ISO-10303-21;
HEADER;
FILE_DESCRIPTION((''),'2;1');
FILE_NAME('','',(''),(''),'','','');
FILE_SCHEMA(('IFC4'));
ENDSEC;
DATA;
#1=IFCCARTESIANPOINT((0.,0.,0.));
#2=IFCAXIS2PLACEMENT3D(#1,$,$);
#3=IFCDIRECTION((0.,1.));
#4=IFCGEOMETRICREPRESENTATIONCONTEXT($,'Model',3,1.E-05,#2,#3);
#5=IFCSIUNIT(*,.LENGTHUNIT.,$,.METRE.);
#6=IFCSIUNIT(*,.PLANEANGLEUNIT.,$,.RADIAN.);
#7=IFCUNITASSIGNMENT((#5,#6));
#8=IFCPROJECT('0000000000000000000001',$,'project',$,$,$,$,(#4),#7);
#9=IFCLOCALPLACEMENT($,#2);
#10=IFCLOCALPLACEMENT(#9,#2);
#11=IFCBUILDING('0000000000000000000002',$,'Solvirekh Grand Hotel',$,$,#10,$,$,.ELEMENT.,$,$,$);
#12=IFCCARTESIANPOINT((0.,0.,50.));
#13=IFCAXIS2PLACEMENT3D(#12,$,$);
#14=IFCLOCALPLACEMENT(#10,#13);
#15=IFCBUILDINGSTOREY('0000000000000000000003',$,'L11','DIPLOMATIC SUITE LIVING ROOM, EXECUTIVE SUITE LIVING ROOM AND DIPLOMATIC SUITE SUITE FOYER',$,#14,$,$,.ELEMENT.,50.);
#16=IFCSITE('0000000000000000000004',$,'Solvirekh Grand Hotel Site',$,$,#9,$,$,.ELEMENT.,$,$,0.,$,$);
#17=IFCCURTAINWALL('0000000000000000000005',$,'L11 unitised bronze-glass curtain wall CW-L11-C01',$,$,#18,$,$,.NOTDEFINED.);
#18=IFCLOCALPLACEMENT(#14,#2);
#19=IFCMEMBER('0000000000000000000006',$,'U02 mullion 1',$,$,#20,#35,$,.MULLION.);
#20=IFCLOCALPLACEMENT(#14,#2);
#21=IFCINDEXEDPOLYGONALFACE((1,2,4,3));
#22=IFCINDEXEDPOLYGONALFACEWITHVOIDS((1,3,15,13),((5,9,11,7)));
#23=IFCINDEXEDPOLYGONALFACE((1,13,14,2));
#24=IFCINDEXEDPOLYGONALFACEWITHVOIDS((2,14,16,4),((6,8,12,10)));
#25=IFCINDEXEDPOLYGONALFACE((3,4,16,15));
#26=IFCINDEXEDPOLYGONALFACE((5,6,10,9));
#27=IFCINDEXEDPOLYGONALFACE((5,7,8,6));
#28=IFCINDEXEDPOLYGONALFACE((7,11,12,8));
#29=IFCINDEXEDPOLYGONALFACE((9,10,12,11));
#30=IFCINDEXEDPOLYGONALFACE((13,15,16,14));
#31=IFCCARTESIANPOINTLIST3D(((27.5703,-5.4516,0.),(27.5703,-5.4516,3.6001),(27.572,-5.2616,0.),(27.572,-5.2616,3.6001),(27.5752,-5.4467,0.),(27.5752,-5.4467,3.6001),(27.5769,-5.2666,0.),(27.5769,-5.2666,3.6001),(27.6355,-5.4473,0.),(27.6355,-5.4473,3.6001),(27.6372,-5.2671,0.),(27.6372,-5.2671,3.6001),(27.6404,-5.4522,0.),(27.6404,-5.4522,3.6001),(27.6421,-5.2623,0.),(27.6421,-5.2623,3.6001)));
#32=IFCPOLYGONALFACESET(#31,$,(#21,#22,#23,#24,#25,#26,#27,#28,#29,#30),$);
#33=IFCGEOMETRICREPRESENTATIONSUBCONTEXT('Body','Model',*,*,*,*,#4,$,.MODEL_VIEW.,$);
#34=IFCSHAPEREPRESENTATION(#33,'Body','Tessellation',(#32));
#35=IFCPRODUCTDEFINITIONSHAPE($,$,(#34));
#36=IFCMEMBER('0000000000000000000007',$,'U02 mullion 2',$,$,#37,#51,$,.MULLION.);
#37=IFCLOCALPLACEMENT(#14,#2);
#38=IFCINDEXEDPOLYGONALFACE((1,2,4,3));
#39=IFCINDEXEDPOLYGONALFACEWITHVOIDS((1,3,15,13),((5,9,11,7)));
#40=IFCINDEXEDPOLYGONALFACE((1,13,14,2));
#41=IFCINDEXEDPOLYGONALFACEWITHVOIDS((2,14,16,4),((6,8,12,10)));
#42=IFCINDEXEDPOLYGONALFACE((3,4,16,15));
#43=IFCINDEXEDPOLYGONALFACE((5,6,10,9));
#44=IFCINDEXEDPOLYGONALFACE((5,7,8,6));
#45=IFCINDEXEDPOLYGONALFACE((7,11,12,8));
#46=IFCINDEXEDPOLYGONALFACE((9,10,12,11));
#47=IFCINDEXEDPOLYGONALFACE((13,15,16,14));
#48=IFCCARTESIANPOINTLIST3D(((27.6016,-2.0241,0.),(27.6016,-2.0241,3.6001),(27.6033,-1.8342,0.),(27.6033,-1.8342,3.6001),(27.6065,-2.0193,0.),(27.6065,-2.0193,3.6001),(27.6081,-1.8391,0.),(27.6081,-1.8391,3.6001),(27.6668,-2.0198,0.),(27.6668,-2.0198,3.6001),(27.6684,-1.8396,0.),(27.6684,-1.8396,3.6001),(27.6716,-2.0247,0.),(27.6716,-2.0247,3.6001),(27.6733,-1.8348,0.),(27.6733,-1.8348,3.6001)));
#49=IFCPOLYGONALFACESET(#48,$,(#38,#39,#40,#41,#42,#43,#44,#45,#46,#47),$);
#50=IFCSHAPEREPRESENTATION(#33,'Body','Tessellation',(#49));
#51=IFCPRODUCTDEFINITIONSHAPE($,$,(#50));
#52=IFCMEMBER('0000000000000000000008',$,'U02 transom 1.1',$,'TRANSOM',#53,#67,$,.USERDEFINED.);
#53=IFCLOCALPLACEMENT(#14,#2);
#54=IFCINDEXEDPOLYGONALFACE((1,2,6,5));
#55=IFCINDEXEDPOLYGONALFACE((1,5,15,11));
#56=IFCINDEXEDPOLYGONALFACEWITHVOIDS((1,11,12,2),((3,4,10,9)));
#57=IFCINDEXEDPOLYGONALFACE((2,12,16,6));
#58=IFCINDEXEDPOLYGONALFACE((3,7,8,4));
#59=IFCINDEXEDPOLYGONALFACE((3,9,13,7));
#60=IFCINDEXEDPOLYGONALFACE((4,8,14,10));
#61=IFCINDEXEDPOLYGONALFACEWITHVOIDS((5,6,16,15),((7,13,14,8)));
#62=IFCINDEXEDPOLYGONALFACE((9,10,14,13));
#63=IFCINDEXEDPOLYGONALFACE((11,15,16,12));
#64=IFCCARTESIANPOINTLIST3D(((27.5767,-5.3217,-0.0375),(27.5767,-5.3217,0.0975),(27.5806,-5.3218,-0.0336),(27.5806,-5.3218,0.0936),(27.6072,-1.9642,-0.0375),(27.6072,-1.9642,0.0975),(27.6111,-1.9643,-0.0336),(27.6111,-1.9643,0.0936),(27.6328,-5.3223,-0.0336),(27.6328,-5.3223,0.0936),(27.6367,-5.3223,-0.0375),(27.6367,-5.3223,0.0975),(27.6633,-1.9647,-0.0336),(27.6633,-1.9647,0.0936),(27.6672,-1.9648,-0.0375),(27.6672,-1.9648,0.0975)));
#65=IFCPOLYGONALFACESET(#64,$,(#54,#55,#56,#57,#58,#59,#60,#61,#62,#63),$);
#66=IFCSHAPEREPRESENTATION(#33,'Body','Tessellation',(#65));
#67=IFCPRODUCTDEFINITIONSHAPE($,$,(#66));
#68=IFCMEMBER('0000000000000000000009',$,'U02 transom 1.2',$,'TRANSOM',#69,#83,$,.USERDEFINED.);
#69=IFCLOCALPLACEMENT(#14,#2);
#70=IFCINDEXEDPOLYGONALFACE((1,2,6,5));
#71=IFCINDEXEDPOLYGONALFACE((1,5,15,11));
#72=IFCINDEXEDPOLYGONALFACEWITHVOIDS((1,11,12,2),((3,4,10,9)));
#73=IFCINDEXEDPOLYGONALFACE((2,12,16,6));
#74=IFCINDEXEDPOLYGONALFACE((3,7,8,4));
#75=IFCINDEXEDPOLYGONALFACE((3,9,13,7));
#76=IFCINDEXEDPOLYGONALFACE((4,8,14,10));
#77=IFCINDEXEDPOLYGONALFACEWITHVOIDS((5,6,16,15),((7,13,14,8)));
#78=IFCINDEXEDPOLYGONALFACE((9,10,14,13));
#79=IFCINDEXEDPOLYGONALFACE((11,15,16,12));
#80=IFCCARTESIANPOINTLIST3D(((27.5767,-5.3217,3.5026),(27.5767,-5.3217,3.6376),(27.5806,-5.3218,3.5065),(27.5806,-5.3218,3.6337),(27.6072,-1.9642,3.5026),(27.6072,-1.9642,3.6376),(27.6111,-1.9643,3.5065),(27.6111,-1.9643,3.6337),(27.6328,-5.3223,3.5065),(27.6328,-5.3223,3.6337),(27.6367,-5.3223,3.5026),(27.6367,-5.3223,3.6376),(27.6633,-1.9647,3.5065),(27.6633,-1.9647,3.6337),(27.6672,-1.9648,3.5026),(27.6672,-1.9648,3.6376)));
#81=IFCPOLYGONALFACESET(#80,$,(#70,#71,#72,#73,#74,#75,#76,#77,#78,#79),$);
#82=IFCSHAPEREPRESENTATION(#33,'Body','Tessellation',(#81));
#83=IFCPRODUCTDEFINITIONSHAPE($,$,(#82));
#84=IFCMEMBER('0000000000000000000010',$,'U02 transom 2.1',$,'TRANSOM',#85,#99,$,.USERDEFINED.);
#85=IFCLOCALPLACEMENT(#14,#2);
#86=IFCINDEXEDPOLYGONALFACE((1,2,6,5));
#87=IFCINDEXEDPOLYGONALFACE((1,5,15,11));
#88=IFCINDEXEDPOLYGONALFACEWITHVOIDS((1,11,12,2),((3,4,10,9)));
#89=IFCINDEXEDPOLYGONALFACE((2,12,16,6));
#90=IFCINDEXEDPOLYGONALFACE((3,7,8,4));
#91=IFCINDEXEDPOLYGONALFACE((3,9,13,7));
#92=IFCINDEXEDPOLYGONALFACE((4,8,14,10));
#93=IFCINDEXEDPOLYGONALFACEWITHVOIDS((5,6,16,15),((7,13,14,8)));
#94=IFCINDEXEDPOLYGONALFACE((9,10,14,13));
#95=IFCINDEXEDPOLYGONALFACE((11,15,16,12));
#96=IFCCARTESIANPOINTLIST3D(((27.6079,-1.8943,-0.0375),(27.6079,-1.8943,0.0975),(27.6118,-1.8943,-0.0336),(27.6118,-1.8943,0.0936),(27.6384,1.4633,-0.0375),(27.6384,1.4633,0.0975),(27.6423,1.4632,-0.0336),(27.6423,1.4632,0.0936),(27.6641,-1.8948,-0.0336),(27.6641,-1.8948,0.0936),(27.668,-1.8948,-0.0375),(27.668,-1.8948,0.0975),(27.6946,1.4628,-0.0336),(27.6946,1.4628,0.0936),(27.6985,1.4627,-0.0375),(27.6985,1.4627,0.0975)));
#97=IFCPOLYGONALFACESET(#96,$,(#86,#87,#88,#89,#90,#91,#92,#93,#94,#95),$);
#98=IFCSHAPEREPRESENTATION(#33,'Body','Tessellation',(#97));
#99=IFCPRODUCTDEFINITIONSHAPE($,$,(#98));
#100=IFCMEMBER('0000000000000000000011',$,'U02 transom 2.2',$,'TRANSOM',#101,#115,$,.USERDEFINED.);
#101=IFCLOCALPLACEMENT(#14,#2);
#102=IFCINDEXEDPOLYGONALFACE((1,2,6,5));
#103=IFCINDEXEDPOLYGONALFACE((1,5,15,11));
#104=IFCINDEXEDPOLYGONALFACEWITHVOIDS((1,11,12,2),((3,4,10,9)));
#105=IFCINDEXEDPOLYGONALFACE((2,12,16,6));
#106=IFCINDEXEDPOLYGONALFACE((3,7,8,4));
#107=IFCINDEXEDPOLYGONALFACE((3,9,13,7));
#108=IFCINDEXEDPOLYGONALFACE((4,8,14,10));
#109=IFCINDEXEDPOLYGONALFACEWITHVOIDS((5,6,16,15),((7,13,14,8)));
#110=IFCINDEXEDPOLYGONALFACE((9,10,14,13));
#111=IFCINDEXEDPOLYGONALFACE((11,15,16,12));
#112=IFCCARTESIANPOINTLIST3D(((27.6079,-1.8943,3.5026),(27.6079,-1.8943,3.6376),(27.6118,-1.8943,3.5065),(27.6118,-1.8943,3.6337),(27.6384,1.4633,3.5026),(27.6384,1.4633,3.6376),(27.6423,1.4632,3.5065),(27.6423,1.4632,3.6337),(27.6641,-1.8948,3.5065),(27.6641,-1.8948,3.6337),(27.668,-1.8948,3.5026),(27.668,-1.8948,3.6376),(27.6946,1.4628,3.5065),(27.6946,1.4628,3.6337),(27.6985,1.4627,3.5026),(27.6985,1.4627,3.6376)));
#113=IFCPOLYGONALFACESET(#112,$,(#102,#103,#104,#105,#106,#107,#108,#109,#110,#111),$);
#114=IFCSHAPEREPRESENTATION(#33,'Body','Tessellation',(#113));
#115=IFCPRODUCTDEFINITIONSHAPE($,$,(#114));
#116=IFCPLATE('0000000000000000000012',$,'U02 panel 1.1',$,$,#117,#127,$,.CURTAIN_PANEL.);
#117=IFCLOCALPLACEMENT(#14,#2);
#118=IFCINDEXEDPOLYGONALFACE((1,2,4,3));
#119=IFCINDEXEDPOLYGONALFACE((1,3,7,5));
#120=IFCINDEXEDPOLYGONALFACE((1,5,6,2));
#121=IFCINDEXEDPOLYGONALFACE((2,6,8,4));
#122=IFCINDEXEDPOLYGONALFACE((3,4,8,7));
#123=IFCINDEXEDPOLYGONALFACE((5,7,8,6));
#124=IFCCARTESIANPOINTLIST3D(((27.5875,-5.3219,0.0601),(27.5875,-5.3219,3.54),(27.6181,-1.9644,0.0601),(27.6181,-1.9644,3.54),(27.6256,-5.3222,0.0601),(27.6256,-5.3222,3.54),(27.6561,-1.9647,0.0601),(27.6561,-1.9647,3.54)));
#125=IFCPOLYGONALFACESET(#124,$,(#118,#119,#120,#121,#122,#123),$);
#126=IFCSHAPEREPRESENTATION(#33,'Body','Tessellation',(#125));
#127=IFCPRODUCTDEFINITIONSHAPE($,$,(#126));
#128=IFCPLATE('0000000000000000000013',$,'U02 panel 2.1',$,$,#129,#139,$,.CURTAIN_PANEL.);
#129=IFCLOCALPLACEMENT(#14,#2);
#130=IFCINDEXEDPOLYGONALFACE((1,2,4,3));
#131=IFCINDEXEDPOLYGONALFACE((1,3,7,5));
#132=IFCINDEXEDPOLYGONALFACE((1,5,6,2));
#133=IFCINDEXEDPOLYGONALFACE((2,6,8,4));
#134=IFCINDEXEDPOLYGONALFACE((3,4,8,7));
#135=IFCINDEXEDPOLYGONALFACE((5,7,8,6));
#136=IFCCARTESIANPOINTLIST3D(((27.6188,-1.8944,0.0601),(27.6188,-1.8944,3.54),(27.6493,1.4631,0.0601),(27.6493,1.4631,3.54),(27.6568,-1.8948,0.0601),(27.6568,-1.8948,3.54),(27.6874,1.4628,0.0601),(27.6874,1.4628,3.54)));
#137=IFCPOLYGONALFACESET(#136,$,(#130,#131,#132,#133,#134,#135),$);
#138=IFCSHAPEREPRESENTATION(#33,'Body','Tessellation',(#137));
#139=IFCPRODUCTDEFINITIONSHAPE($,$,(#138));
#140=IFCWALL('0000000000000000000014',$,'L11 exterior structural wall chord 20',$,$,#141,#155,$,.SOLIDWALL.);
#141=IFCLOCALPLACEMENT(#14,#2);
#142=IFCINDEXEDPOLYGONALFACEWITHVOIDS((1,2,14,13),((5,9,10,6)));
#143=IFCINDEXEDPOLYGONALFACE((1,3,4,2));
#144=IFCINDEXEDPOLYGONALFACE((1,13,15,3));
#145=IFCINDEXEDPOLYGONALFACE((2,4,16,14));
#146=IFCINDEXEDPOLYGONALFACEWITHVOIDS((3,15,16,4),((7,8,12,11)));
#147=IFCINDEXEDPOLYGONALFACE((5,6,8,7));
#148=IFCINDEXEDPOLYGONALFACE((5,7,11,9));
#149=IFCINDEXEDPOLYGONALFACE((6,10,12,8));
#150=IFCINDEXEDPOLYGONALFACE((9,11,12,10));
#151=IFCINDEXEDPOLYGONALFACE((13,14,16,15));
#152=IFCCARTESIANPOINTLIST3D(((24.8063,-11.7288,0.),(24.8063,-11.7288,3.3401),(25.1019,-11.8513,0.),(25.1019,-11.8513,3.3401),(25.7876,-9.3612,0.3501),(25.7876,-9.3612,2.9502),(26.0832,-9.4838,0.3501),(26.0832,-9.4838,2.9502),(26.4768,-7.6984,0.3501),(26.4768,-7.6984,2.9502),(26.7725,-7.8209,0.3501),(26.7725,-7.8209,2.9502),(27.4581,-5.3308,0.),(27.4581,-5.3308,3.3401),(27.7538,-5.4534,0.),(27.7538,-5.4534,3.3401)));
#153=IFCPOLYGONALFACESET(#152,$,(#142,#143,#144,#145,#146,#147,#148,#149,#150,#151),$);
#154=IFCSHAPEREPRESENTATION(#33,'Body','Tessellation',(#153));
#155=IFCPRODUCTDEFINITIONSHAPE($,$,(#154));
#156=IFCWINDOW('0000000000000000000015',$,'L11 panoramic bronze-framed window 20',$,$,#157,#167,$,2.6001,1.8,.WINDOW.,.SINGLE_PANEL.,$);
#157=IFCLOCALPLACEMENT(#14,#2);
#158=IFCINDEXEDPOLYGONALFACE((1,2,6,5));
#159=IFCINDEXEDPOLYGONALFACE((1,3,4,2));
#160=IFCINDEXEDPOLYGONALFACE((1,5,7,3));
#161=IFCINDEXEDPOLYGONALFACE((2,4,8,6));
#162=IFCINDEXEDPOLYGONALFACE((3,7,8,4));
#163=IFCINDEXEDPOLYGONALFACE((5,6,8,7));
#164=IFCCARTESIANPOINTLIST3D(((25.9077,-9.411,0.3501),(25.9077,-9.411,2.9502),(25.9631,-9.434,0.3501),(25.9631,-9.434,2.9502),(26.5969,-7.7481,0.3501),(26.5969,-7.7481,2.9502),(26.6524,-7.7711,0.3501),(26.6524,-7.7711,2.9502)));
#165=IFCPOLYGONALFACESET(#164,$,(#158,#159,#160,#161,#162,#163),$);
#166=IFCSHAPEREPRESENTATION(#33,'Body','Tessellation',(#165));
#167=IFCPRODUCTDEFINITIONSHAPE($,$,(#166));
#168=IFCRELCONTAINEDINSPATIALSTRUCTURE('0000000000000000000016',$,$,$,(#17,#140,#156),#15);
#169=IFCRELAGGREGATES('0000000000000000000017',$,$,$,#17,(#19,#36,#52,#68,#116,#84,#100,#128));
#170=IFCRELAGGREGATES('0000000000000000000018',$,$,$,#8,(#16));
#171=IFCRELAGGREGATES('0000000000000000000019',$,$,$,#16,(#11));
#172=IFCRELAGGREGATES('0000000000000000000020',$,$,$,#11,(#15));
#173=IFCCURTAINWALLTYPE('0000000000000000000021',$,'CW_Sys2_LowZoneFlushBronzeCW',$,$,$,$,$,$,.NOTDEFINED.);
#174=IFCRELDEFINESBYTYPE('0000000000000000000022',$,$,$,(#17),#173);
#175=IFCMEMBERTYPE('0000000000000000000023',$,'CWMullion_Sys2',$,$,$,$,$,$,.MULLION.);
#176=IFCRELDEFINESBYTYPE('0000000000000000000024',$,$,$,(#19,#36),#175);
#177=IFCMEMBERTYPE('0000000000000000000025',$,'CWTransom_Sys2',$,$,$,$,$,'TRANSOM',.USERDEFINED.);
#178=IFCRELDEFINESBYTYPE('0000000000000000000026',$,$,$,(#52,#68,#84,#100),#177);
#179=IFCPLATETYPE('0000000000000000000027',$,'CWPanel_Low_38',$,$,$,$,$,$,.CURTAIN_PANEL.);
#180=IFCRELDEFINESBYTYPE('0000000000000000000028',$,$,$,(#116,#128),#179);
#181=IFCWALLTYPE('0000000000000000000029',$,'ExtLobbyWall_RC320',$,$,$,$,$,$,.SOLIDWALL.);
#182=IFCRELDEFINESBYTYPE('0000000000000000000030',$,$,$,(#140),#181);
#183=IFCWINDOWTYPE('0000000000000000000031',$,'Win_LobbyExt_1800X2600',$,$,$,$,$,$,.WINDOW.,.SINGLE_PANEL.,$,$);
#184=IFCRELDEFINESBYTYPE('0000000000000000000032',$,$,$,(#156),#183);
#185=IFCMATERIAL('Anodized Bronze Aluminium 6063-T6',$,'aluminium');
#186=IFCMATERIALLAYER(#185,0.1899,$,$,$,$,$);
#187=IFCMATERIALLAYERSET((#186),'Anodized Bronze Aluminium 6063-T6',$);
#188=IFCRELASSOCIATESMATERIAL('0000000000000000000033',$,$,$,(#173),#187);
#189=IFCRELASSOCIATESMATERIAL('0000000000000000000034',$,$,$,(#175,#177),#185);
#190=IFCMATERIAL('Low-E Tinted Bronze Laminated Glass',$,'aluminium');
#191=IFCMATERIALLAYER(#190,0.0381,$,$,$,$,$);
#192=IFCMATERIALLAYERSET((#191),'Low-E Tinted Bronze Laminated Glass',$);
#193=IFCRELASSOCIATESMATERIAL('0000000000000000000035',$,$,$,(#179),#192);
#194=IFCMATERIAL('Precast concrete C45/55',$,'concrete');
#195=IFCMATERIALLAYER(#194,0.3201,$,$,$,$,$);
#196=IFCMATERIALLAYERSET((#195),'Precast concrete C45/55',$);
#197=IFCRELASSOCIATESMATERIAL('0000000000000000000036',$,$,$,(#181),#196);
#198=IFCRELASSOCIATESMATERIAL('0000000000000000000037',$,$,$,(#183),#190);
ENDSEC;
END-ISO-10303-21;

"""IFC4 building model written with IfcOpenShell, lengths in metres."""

from ifc_helpers import new_model, si_unit, direction, frame, frame_2d, origin, origin_2d, place, context, subcontext, project, spatial, rectangle, hollow_rectangle, extrude, source, transform, mapped, material, layer, layer_set, material_profile, profile_set, type_object, element, fill, aggregate, save


model = new_model("IFC4")

# Units and contexts
model_context = context("Model", 3, precision=1e-05, world=origin(), true_north=direction((0.0, 1.0)))
body_context = subcontext(model_context, "Body", "Model", "MODEL_VIEW")
ifc_project = project(units=[si_unit("LENGTHUNIT", "METRE"), si_unit("PLANEANGLEUNIT", "RADIAN")], contexts=[model_context])

# Site, building, storey
site_placement = place(None, origin())
site = spatial("IfcSite", under=ifc_project, at=site_placement, Name="Solvirekh Grand Hotel Site", CompositionType="ELEMENT", RefElevation=0.0)
building_placement = place(site_placement, origin())
building = spatial("IfcBuilding", under=site, at=building_placement, Name="Solvirekh Grand Hotel", CompositionType="ELEMENT")
storey_placement = place(building_placement, frame((0.0, 0.0, 50.0)))
storey = spatial("IfcBuildingStorey", under=building, at=storey_placement, Name="L11", Description="DIPLOMATIC SUITE LIVING ROOM, EXECUTIVE SUITE LIVING ROOM AND DIPLOMATIC SUITE SUITE FOYER", CompositionType="ELEMENT", Elevation=50.0)

# Curtain wall, members, plates
ifc_material_1 = material(Name="Anodized Bronze Aluminium 6063-T6", Category="aluminium")
ifc_layer_1 = layer(ifc_material_1, 0.1899)
ifc_layer_set_1 = layer_set([ifc_layer_1], Name="Anodized Bronze Aluminium 6063-T6")
curtain_wall_type = type_object("IfcCurtainWallType", Name="CW_Sys2_LowZoneFlushBronzeCW", PredefinedType="NOTDEFINED", material=ifc_layer_set_1)
curtain_wall_placement = place(storey_placement, origin())
curtain_wall = element("IfcCurtainWall", 1, at=curtain_wall_placement, inside=storey, type_object=curtain_wall_type, Name="L11 unitised bronze-glass curtain wall CW-L11-C01", PredefinedType="NOTDEFINED")
ifc_material_profile_1 = material_profile(ifc_material_1, hollow_rectangle(XDim=0.0701, YDim=0.1899, WallThickness=0.0049, at=origin_2d()), Name="ALU RHS 190X70X5")
ifc_profile_set_1 = profile_set([ifc_material_profile_1], Name="Anodized Bronze Aluminium 6063-T6")
member_type_1 = type_object("IfcMemberType", Name="CWMullion_Sys2", PredefinedType="MULLION", material=ifc_profile_set_1)
shared_shape_1 = source(origin(), body_context, "Body", "SweptSolid", [
    extrude(hollow_rectangle(XDim=0.0701, YDim=0.1899, WallThickness=0.0049, at=origin_2d()), origin(), (0.0, 0.0, 1.0), 3.6001),
])
member_1_placement = place(storey_placement, frame((27.6062, -5.3569, 0.0), z_axis=(0.0, 0.0, 1.0), x_axis=(-0.999959, 0.009097, 0.0)))
member_1 = element("IfcMember", 2, at=member_1_placement, type_object=member_type_1, Name="U02 mullion 1", PredefinedType="MULLION", context=body_context, shape_type="MappedRepresentation", body=[
    mapped(shared_shape_1, transform((0.0, 0.0, 0.0), x_axis=(1.0, 0.0, 0.0), y_axis=(0.0, 1.0, 0.0), z_axis=(0.0, 0.0, 1.0), scale=1.0)),
])
member_2_placement = place(storey_placement, frame((27.6375, -1.9294, 0.0), z_axis=(0.0, 0.0, 1.0), x_axis=(-0.999959, 0.009097, 0.0)))
member_2 = element("IfcMember", 3, at=member_2_placement, type_object=member_type_1, Name="U02 mullion 2", PredefinedType="MULLION", context=body_context, shape_type="MappedRepresentation", body=[
    mapped(shared_shape_1, transform((0.0, 0.0, 0.0), x_axis=(1.0, 0.0, 0.0), y_axis=(0.0, 1.0, 0.0), z_axis=(0.0, 0.0, 1.0), scale=1.0)),
])
ifc_material_profile_2 = material_profile(ifc_material_1, hollow_rectangle(XDim=0.0601, YDim=0.135, WallThickness=0.0039, at=origin_2d()), Name="ALU RHS 135X60X4")
ifc_profile_set_2 = profile_set([ifc_material_profile_2], Name="Anodized Bronze Aluminium 6063-T6")
member_type_2 = type_object("IfcMemberType", Name="CWTransom_Sys2", ElementType="TRANSOM", PredefinedType="USERDEFINED", material=ifc_profile_set_2)
shared_shape_2 = source(origin(), body_context, "Body", "SweptSolid", [
    extrude(hollow_rectangle(XDim=0.0601, YDim=0.135, WallThickness=0.0039, at=origin_2d()), origin(), (0.0, 0.0, 1.0), 3.3577),
])
member_3_placement = place(storey_placement, frame((27.6067, -5.322, 0.03), z_axis=(0.009089, 0.999959, 0.0), x_axis=(-0.999959, 0.009089, 0.0)))
member_3 = element("IfcMember", 4, at=member_3_placement, type_object=member_type_2, Name="U02 transom 1.1", ObjectType="TRANSOM", PredefinedType="USERDEFINED", context=body_context, shape_type="MappedRepresentation", body=[
    mapped(shared_shape_2, transform((0.0, 0.0, 0.0), x_axis=(1.0, 0.0, 0.0), y_axis=(0.0, 1.0, 0.0), z_axis=(0.0, 0.0, 1.0), scale=1.0)),
])
member_4_placement = place(storey_placement, frame((27.6067, -5.322, 3.5701), z_axis=(0.009089, 0.999959, 0.0), x_axis=(-0.999959, 0.009089, 0.0)))
member_4 = element("IfcMember", 5, at=member_4_placement, type_object=member_type_2, Name="U02 transom 1.2", ObjectType="TRANSOM", PredefinedType="USERDEFINED", context=body_context, shape_type="MappedRepresentation", body=[
    mapped(shared_shape_2, transform((0.0, 0.0, 0.0), x_axis=(1.0, 0.0, 0.0), y_axis=(0.0, 1.0, 0.0), z_axis=(0.0, 0.0, 1.0), scale=1.0)),
])
member_5_placement = place(storey_placement, frame((27.6379, -1.8945, 0.03), z_axis=(0.009089, 0.999959, 0.0), x_axis=(-0.999959, 0.009089, 0.0)))
member_5 = element("IfcMember", 6, at=member_5_placement, type_object=member_type_2, Name="U02 transom 2.1", ObjectType="TRANSOM", PredefinedType="USERDEFINED", context=body_context, shape_type="MappedRepresentation", body=[
    mapped(shared_shape_2, transform((0.0, 0.0, 0.0), x_axis=(1.0, 0.0, 0.0), y_axis=(0.0, 1.0, 0.0), z_axis=(0.0, 0.0, 1.0), scale=1.0)),
])
member_6_placement = place(storey_placement, frame((27.6379, -1.8945, 3.5701), z_axis=(0.009089, 0.999959, 0.0), x_axis=(-0.999959, 0.009089, 0.0)))
member_6 = element("IfcMember", 7, at=member_6_placement, type_object=member_type_2, Name="U02 transom 2.2", ObjectType="TRANSOM", PredefinedType="USERDEFINED", context=body_context, shape_type="MappedRepresentation", body=[
    mapped(shared_shape_2, transform((0.0, 0.0, 0.0), x_axis=(1.0, 0.0, 0.0), y_axis=(0.0, 1.0, 0.0), z_axis=(0.0, 0.0, 1.0), scale=1.0)),
])
ifc_material_2 = material(Name="Low-E Tinted Bronze Laminated Glass", Category="aluminium")
ifc_layer_2 = layer(ifc_material_2, 0.0381)
ifc_layer_set_2 = layer_set([ifc_layer_2], Name="Low-E Tinted Bronze Laminated Glass")
plate_type = type_object("IfcPlateType", Name="CWPanel_Low_38", PredefinedType="CURTAIN_PANEL", material=ifc_layer_set_2)
shared_shape_3 = source(origin(), body_context, "Body", "SweptSolid", [
    extrude(rectangle(XDim=3.3577, YDim=0.0381, at=origin_2d()), origin(), (0.0, 0.0, 1.0), 3.48),
])
plate_1_placement = place(storey_placement, frame((27.6218, -3.6433, 0.0601), z_axis=(0.0, 0.0, 1.0), x_axis=(0.009097, 0.999959, 0.0)))
plate_1 = element("IfcPlate", 8, at=plate_1_placement, type_object=plate_type, Name="U02 panel 1.1", PredefinedType="CURTAIN_PANEL", context=body_context, shape_type="MappedRepresentation", body=[
    mapped(shared_shape_3, transform((0.0, 0.0, 0.0), x_axis=(1.0, 0.0, 0.0), y_axis=(0.0, 1.0, 0.0), z_axis=(0.0, 0.0, 1.0), scale=1.0)),
])
plate_2_placement = place(storey_placement, frame((27.6531, -0.2158, 0.0601), z_axis=(0.0, 0.0, 1.0), x_axis=(0.009097, 0.999959, 0.0)))
plate_2 = element("IfcPlate", 9, at=plate_2_placement, type_object=plate_type, Name="U02 panel 2.1", PredefinedType="CURTAIN_PANEL", context=body_context, shape_type="MappedRepresentation", body=[
    mapped(shared_shape_3, transform((0.0, 0.0, 0.0), x_axis=(1.0, 0.0, 0.0), y_axis=(0.0, 1.0, 0.0), z_axis=(0.0, 0.0, 1.0), scale=1.0)),
])
aggregate(curtain_wall, [member_1, member_2, member_3, member_4, plate_1, member_5, member_6, plate_2])

# Wall, opening, window
ifc_material_3 = material(Name="Precast concrete C45/55", Category="concrete")
ifc_layer_3 = layer(ifc_material_3, 0.3201)
ifc_layer_set_3 = layer_set([ifc_layer_3], Name="Precast concrete C45/55")
wall_type_1 = type_object("IfcWallType", Name="ExtLobbyWall_RC320", PredefinedType="SOLIDWALL", material=ifc_layer_set_3)
wall_1_placement = place(storey_placement, frame((27.606, -5.3921, 0.0), z_axis=(0.0, 0.0, 1.0), x_axis=(-0.382898, -0.923791, 0.0)))
wall_1 = element("IfcWall", 10, at=wall_1_placement, inside=storey, type_object=wall_type_1, Name="L11 exterior structural wall chord 20", PredefinedType="SOLIDWALL", context=body_context, shape_type="SweptSolid", body=[
    extrude(rectangle(XDim=6.9258, YDim=0.3201, at=frame_2d((3.4629, 0.0))), origin(), (0.0, 0.0, 1.0), 3.3401),
])
opening_1_placement = place(wall_1_placement, frame((2.563, 0.0, 0.3501)))
opening_1 = element("IfcOpeningElement", 11, at=opening_1_placement, cuts=wall_1, PredefinedType="OPENING", context=body_context, shape_type="SweptSolid", body=[
    extrude(rectangle(XDim=1.8, YDim=2.6001, at=frame_2d((0.8999, 1.3))), frame((0.0, 0.1699, 0.0), z_axis=(0.0, -1.0, 0.0), x_axis=(1.0, 0.0, 0.0)), (0.0, 0.0, 1.0), 0.3401),
])
window_type = type_object("IfcWindowType", Name="Win_LobbyExt_1800X2600", PartitioningType="SINGLE_PANEL", PredefinedType="WINDOW", material=ifc_material_2)
window_placement = place(opening_1_placement, origin())
window = element("IfcWindow", 12, at=window_placement, inside=storey, type_object=window_type, Name="L11 panoramic bronze-framed window 20", OverallHeight=2.6001, OverallWidth=1.8, PartitioningType="SINGLE_PANEL", PredefinedType="WINDOW", context=body_context, shape_type="SweptSolid", body=[
    extrude(rectangle(XDim=1.8, YDim=2.6001, at=frame_2d((0.8999, 1.3))), frame((0.0, 0.03, 0.0), z_axis=(0.0, -1.0, 0.0), x_axis=(1.0, 0.0, 0.0)), (0.0, 0.0, 1.0), 0.0601),
])
fill(opening_1, window)

save(model, "model.ifc")
